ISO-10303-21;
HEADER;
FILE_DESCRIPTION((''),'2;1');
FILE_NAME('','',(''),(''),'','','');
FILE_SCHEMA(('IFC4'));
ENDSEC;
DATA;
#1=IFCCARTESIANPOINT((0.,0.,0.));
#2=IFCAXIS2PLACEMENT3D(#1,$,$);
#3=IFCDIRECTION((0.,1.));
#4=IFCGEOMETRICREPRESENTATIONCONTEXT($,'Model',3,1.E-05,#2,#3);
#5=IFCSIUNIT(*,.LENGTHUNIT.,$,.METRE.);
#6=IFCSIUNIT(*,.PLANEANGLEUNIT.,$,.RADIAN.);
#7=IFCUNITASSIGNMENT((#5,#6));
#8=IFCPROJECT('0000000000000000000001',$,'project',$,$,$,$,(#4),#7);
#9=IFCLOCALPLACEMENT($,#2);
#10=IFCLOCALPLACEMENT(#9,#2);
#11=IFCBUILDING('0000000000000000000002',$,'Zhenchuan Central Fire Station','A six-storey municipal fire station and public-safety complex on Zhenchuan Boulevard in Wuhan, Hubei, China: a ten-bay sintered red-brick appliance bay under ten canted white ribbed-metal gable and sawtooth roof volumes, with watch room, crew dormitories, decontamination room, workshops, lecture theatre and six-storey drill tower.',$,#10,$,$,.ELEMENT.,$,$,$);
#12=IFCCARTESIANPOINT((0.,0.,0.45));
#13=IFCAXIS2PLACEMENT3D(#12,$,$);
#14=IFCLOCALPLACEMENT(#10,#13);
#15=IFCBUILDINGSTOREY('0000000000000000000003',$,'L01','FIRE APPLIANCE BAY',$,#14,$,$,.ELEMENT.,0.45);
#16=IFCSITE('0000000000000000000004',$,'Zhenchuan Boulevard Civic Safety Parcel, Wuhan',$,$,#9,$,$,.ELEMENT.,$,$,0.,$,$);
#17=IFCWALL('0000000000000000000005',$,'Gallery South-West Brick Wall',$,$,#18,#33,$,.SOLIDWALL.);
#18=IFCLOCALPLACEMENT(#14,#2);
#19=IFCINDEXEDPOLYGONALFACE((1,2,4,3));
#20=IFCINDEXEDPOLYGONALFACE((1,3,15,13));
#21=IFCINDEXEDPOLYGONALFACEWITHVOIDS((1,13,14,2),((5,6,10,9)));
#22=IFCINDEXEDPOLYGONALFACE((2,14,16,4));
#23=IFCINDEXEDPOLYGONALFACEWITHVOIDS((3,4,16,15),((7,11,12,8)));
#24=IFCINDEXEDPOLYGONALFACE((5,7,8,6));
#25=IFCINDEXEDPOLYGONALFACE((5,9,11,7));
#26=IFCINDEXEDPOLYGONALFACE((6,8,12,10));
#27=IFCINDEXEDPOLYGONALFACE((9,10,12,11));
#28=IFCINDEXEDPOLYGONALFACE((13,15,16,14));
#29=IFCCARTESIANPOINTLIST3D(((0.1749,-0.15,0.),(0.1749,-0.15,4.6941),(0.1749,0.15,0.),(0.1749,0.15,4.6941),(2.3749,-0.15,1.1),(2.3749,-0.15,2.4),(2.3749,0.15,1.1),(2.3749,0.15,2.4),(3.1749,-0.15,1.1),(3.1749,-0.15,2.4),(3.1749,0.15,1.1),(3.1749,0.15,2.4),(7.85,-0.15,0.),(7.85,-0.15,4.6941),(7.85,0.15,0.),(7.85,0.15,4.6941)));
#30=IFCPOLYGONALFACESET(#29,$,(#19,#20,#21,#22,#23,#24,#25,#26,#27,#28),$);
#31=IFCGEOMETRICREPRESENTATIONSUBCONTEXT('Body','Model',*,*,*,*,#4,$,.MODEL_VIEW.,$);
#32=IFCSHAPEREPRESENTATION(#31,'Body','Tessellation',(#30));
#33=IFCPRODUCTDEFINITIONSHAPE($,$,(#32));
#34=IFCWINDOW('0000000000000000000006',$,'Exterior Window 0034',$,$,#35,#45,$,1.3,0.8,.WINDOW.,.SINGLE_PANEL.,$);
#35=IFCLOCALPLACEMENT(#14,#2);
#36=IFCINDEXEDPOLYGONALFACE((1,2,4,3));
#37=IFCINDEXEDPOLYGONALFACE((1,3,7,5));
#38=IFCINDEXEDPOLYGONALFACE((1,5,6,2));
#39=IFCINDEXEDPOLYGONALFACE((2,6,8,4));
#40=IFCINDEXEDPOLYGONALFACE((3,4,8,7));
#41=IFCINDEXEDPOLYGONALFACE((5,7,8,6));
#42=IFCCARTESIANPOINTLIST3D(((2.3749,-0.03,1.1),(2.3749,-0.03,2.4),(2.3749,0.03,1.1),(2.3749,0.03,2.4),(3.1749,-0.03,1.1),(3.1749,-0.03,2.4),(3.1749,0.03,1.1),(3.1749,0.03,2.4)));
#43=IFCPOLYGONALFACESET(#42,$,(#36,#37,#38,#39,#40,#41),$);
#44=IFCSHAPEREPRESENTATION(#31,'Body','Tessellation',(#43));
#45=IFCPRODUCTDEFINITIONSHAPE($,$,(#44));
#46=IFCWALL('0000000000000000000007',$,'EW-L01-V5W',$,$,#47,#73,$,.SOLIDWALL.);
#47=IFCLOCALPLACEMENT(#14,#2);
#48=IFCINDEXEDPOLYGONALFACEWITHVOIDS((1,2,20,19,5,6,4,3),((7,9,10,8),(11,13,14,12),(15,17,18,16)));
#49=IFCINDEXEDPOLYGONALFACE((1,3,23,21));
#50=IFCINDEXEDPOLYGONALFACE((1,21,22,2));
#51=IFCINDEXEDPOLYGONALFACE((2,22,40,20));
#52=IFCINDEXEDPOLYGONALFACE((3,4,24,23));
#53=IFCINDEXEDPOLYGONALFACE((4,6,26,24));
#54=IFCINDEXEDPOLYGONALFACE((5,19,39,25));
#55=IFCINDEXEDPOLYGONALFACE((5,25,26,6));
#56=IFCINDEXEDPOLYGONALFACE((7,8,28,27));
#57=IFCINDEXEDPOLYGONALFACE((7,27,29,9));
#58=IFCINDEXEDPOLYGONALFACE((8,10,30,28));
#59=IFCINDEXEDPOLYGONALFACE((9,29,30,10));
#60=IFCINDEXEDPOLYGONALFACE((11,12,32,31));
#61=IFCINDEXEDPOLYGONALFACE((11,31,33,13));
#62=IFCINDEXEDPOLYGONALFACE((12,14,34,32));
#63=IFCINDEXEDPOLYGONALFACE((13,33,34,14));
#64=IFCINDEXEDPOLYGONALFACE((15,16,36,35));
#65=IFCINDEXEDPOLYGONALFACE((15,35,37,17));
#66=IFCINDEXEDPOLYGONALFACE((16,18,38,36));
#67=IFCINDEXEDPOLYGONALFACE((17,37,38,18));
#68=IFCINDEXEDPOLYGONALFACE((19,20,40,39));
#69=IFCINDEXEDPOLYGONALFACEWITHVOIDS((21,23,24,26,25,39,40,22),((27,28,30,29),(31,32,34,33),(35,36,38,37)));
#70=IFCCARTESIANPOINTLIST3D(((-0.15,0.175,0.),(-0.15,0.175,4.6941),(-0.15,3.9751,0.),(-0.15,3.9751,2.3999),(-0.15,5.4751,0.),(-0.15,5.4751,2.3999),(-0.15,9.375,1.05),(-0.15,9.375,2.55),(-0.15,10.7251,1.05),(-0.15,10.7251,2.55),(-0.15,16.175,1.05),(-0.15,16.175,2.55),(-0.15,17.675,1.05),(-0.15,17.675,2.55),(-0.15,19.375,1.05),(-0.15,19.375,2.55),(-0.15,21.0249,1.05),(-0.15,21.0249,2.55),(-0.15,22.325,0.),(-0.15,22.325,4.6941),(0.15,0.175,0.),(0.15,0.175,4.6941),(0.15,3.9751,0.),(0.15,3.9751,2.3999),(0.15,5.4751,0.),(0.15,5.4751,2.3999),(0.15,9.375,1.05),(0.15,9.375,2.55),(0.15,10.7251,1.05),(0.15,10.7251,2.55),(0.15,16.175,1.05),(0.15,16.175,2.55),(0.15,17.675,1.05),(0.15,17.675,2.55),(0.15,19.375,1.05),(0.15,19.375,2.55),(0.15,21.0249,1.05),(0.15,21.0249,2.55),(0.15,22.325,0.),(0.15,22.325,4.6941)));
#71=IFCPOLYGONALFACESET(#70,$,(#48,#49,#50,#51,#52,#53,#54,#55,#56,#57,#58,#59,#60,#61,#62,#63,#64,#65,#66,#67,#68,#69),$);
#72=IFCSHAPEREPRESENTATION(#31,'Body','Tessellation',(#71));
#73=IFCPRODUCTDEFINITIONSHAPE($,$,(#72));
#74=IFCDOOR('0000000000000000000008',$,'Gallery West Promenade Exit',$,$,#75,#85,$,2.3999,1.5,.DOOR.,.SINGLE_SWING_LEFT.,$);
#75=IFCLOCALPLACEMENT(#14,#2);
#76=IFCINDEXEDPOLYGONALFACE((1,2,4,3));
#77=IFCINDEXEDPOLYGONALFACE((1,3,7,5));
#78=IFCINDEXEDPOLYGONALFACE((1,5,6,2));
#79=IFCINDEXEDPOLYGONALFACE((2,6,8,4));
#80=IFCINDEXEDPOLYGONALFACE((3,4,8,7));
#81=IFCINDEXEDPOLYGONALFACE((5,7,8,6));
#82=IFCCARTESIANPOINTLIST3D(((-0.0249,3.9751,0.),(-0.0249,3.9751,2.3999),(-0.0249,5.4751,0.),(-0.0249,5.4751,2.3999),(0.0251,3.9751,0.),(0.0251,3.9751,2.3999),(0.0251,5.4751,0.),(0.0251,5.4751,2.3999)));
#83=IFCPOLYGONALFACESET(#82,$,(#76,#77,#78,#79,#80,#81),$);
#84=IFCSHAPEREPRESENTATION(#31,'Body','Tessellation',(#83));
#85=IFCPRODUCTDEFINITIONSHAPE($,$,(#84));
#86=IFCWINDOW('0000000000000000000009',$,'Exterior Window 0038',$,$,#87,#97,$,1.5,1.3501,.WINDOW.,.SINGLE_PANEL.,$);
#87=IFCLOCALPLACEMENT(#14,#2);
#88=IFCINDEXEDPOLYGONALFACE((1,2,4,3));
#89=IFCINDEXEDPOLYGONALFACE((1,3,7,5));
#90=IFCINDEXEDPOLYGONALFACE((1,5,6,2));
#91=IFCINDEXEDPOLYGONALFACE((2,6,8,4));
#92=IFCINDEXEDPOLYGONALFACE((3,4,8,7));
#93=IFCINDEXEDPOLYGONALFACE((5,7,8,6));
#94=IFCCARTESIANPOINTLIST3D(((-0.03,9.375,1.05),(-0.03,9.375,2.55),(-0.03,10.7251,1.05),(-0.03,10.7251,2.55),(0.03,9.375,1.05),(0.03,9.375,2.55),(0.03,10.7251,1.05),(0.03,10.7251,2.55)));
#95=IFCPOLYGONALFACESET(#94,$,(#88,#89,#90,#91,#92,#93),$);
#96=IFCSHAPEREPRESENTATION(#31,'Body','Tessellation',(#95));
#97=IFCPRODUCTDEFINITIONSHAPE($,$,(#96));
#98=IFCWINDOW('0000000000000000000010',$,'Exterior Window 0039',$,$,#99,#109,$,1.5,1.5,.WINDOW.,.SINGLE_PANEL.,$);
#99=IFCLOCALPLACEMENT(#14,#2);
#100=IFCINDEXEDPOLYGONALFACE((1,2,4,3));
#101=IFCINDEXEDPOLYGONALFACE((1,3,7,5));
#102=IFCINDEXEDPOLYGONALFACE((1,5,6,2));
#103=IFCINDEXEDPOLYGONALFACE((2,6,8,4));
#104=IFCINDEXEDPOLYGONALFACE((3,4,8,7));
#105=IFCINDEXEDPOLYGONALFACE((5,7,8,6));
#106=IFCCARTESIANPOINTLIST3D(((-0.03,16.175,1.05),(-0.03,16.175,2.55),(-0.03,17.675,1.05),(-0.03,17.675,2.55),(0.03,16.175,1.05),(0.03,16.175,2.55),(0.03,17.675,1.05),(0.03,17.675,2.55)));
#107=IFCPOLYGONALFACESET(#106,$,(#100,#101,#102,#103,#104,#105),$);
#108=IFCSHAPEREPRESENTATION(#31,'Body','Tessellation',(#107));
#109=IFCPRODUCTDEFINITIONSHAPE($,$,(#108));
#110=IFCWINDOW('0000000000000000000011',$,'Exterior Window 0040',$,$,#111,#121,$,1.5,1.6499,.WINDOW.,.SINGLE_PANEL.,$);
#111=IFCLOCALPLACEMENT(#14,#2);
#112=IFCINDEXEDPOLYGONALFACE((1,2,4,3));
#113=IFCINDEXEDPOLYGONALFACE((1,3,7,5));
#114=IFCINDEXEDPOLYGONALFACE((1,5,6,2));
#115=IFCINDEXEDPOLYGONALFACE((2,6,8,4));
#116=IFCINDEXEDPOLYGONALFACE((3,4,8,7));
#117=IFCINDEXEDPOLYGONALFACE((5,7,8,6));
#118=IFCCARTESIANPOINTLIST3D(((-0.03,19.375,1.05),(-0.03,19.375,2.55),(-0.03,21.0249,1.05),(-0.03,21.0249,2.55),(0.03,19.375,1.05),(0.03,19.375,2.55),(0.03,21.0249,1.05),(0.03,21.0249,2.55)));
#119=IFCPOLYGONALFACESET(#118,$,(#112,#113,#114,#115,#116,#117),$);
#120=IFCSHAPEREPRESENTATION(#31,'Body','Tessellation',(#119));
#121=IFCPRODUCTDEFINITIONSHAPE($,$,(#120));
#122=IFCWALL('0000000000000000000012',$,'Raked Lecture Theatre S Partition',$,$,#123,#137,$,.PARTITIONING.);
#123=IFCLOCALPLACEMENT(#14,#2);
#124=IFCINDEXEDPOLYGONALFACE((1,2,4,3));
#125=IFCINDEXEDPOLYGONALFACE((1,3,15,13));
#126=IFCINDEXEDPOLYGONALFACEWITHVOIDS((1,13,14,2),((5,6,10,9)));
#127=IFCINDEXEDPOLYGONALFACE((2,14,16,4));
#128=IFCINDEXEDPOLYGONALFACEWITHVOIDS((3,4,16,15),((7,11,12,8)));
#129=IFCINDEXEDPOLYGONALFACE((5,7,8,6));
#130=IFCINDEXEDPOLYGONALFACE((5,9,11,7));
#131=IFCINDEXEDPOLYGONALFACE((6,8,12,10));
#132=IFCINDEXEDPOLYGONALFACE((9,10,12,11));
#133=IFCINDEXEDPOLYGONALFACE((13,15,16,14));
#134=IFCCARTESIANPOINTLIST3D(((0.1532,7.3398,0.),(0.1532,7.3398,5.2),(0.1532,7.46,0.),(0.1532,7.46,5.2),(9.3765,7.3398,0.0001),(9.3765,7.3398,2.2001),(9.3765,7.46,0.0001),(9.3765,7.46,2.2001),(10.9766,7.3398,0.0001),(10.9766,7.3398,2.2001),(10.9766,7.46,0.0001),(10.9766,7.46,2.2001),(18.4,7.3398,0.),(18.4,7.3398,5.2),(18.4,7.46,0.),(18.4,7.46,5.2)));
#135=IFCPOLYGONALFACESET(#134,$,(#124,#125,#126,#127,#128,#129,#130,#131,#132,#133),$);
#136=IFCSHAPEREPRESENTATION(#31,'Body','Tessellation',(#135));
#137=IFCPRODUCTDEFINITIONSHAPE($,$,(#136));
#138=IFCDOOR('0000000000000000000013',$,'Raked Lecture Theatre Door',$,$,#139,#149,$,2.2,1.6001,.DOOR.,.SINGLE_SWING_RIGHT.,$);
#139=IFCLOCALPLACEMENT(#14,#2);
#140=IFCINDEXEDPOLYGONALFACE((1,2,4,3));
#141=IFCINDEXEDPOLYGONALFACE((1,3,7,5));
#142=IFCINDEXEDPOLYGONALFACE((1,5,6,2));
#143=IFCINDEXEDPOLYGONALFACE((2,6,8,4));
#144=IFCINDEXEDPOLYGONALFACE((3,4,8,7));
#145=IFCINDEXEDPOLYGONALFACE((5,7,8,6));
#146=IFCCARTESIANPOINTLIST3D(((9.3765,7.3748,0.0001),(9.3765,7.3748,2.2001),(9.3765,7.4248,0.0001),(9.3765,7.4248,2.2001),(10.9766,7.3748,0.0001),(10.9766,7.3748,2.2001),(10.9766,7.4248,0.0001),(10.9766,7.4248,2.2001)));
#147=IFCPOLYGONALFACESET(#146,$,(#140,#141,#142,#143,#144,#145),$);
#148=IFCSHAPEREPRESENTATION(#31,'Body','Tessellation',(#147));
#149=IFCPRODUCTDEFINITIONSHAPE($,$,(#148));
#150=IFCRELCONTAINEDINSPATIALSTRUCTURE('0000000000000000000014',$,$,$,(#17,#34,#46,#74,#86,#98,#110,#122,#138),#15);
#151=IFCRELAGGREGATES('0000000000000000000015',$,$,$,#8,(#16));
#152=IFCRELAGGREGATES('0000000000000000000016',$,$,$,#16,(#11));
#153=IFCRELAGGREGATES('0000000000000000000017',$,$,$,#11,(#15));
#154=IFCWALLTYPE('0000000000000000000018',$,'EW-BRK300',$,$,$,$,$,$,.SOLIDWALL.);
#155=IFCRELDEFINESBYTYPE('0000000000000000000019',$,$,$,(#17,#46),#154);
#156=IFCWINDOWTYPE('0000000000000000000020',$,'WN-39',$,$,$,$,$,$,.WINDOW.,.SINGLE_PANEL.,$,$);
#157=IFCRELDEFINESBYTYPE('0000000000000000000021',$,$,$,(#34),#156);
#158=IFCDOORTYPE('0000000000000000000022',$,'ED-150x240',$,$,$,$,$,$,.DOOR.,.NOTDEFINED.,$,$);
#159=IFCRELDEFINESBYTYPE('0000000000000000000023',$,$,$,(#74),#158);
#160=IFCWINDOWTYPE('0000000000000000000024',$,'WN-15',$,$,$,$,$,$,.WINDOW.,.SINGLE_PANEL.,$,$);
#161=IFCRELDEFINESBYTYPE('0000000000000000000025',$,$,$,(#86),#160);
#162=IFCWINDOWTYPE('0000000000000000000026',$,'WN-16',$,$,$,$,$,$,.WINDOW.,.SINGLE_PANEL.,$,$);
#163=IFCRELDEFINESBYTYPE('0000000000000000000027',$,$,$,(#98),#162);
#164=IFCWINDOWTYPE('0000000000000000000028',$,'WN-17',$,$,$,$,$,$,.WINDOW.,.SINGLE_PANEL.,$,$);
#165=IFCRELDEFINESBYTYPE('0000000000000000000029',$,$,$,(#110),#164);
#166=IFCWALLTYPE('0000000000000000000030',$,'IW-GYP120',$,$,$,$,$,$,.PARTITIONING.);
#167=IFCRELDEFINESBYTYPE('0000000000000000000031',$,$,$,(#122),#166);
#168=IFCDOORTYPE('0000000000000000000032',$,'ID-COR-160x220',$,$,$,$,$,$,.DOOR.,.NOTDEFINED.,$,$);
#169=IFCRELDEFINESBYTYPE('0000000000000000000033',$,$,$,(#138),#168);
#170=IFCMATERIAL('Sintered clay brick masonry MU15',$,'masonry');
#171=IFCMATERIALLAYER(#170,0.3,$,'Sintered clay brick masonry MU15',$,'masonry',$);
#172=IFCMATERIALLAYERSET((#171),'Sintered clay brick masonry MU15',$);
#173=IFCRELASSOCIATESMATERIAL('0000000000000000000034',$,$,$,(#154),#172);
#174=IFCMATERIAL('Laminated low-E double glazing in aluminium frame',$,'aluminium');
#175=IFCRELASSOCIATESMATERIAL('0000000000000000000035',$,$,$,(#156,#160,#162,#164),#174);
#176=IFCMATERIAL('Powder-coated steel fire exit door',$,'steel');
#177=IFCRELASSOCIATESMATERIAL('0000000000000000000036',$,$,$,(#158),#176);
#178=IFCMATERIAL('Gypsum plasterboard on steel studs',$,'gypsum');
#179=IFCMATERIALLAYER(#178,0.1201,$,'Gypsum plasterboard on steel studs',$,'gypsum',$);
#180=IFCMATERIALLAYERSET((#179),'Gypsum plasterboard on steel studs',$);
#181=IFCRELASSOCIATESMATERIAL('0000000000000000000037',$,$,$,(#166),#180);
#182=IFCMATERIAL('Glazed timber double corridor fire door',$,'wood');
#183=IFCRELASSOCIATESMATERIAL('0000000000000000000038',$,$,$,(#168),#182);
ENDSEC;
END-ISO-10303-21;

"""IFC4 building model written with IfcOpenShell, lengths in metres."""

from ifc_helpers import new_model, si_unit, direction, frame, frame_2d, origin, place, context, subcontext, project, spatial, rectangle, extrude, material, layer, layer_set, type_object, element, fill, save


model = new_model("IFC4")

# Units and contexts
model_context = context("Model", 3, precision=1e-05, world=origin(), true_north=direction((0.0, 1.0)))
body_context = subcontext(model_context, "Body", "Model", "MODEL_VIEW")
ifc_project = project(units=[si_unit("LENGTHUNIT", "METRE"), si_unit("PLANEANGLEUNIT", "RADIAN")], contexts=[model_context])

# Site, building, storey
site_placement = place(None, origin())
site = spatial("IfcSite", under=ifc_project, at=site_placement, Name="Zhenchuan Boulevard Civic Safety Parcel, Wuhan", CompositionType="ELEMENT", RefElevation=0.0)
building_placement = place(site_placement, origin())
building = spatial("IfcBuilding", under=site, at=building_placement, Name="Zhenchuan Central Fire Station", Description="A six-storey municipal fire station and public-safety complex on Zhenchuan Boulevard in Wuhan, Hubei, China: a ten-bay sintered red-brick appliance bay under ten canted white ribbed-metal gable and sawtooth roof volumes, with watch room, crew dormitories, decontamination room, workshops, lecture theatre and six-storey drill tower.", CompositionType="ELEMENT")
storey_placement = place(building_placement, frame((0.0, 0.0, 0.45)))
storey = spatial("IfcBuildingStorey", under=building, at=storey_placement, Name="L01", Description="FIRE APPLIANCE BAY", CompositionType="ELEMENT", Elevation=0.45)

# Wall, opening, window
ifc_material_1 = material(Name="Sintered clay brick masonry MU15", Category="masonry")
ifc_layer_1 = layer(ifc_material_1, 0.3, Name="Sintered clay brick masonry MU15", Category="masonry")
ifc_layer_set_1 = layer_set([ifc_layer_1], Name="Sintered clay brick masonry MU15")
wall_type_1 = type_object("IfcWallType", Name="EW-BRK300", PredefinedType="SOLIDWALL", material=ifc_layer_set_1)
wall_1_placement = place(storey_placement, frame((0.175, 0.0, 0.0), z_axis=(0.0, 0.0, 1.0), x_axis=(1.0, 0.0, 0.0)))
wall_1 = element("IfcWall", 1, at=wall_1_placement, inside=storey, type_object=wall_type_1, Name="Gallery South-West Brick Wall", PredefinedType="SOLIDWALL", context=body_context, shape_type="SweptSolid", body=[
    extrude(rectangle(XDim=7.675, YDim=0.3, at=frame_2d((3.8374, 0.0))), origin(), (0.0, 0.0, 1.0), 4.6941),
])
opening_1_placement = place(wall_1_placement, frame((2.2, 0.0, 1.1001)))
opening_1 = element("IfcOpeningElement", 2, at=opening_1_placement, cuts=wall_1, PredefinedType="OPENING", context=body_context, shape_type="SweptSolid", body=[
    extrude(rectangle(XDim=0.8, YDim=1.3, at=frame_2d((0.3999, 0.6499))), frame((0.0, 0.1599, 0.0), z_axis=(0.0, -1.0, 0.0), x_axis=(1.0, 0.0, 0.0)), (0.0, 0.0, 1.0), 0.3201),
])
ifc_material_2 = material(Name="Laminated low-E double glazing in aluminium frame", Category="aluminium")
window_type_1 = type_object("IfcWindowType", Name="WN-39", PartitioningType="SINGLE_PANEL", PredefinedType="WINDOW", material=ifc_material_2)
window_1_placement = place(opening_1_placement, origin())
window_1 = element("IfcWindow", 3, at=window_1_placement, inside=storey, type_object=window_type_1, Name="Exterior Window 0034", OverallHeight=1.3, OverallWidth=0.8, PartitioningType="SINGLE_PANEL", PredefinedType="WINDOW", context=body_context, shape_type="SweptSolid", body=[
    extrude(rectangle(XDim=0.8, YDim=1.3, at=frame_2d((0.3999, 0.6499))), frame((0.0, 0.03, 0.0), z_axis=(0.0, -1.0, 0.0), x_axis=(1.0, 0.0, 0.0)), (0.0, 0.0, 1.0), 0.0601),
])
fill(opening_1, window_1)

# Wall, openings, door, windows
wall_2_placement = place(storey_placement, frame((0.0, 0.175, 0.0), z_axis=(0.0, 0.0, 1.0), x_axis=(0.0, 1.0, 0.0)))
wall_2 = element("IfcWall", 4, at=wall_2_placement, inside=storey, type_object=wall_type_1, Name="EW-L01-V5W", PredefinedType="SOLIDWALL", context=body_context, shape_type="SweptSolid", body=[
    extrude(rectangle(XDim=22.1499, YDim=0.3, at=frame_2d((11.075, 0.0))), origin(), (0.0, 0.0, 1.0), 4.6941),
])
opening_2_placement = place(wall_2_placement, frame((3.8, 0.0, 0.0)))
opening_2 = element("IfcOpeningElement", 5, at=opening_2_placement, cuts=wall_2, PredefinedType="OPENING", context=body_context, shape_type="SweptSolid", body=[
    extrude(rectangle(XDim=1.5, YDim=2.3999, at=frame_2d((0.75, 1.2))), frame((0.0, 0.1599, 0.0), z_axis=(0.0, -1.0, 0.0), x_axis=(1.0, 0.0, 0.0)), (0.0, 0.0, 1.0), 0.3201),
])
opening_3_placement = place(wall_2_placement, frame((9.2, 0.0, 1.05)))
opening_3 = element("IfcOpeningElement", 6, at=opening_3_placement, cuts=wall_2, PredefinedType="OPENING", context=body_context, shape_type="SweptSolid", body=[
    extrude(rectangle(XDim=1.3501, YDim=1.5, at=frame_2d((0.675, 0.75))), frame((0.0, 0.1599, 0.0), z_axis=(0.0, -1.0, 0.0), x_axis=(1.0, 0.0, 0.0)), (0.0, 0.0, 1.0), 0.3201),
])
opening_4_placement = place(wall_2_placement, frame((16.0, 0.0, 1.05)))
opening_4 = element("IfcOpeningElement", 7, at=opening_4_placement, cuts=wall_2, PredefinedType="OPENING", context=body_context, shape_type="SweptSolid", body=[
    extrude(rectangle(XDim=1.5, YDim=1.5, at=frame_2d((0.75, 0.75))), frame((0.0, 0.1599, 0.0), z_axis=(0.0, -1.0, 0.0), x_axis=(1.0, 0.0, 0.0)), (0.0, 0.0, 1.0), 0.3201),
])
opening_5_placement = place(wall_2_placement, frame((19.2, 0.0, 1.05)))
opening_5 = element("IfcOpeningElement", 8, at=opening_5_placement, cuts=wall_2, PredefinedType="OPENING", context=body_context, shape_type="SweptSolid", body=[
    extrude(rectangle(XDim=1.6499, YDim=1.5, at=frame_2d((0.825, 0.75))), frame((0.0, 0.1599, 0.0), z_axis=(0.0, -1.0, 0.0), x_axis=(1.0, 0.0, 0.0)), (0.0, 0.0, 1.0), 0.3201),
])
ifc_material_3 = material(Name="Powder-coated steel fire exit door", Category="steel")
door_type_1 = type_object("IfcDoorType", Name="ED-150x240", OperationType="NOTDEFINED", PredefinedType="DOOR", material=ifc_material_3)
door_1_placement = place(opening_2_placement, origin())
door_1 = element("IfcDoor", 9, at=door_1_placement, inside=storey, type_object=door_type_1, Name="Gallery West Promenade Exit", OperationType="SINGLE_SWING_LEFT", OverallHeight=2.3999, OverallWidth=1.5, PredefinedType="DOOR", context=body_context, shape_type="SweptSolid", body=[
    extrude(rectangle(XDim=1.5, YDim=2.3999, at=frame_2d((0.75, 1.2))), frame((0.0, 0.0249, 0.0), z_axis=(0.0, -1.0, 0.0), x_axis=(1.0, 0.0, 0.0)), (0.0, 0.0, 1.0), 0.05),
])
fill(opening_2, door_1)
window_type_2 = type_object("IfcWindowType", Name="WN-15", PartitioningType="SINGLE_PANEL", PredefinedType="WINDOW", material=ifc_material_2)
window_2_placement = place(opening_3_placement, origin())
window_2 = element("IfcWindow", 10, at=window_2_placement, inside=storey, type_object=window_type_2, Name="Exterior Window 0038", OverallHeight=1.5, OverallWidth=1.3501, PartitioningType="SINGLE_PANEL", PredefinedType="WINDOW", context=body_context, shape_type="SweptSolid", body=[
    extrude(rectangle(XDim=1.3501, YDim=1.5, at=frame_2d((0.675, 0.75))), frame((0.0, 0.03, 0.0), z_axis=(0.0, -1.0, 0.0), x_axis=(1.0, 0.0, 0.0)), (0.0, 0.0, 1.0), 0.0601),
])
fill(opening_3, window_2)
window_type_3 = type_object("IfcWindowType", Name="WN-16", PartitioningType="SINGLE_PANEL", PredefinedType="WINDOW", material=ifc_material_2)
window_3_placement = place(opening_4_placement, origin())
window_3 = element("IfcWindow", 11, at=window_3_placement, inside=storey, type_object=window_type_3, Name="Exterior Window 0039", OverallHeight=1.5, OverallWidth=1.5, PartitioningType="SINGLE_PANEL", PredefinedType="WINDOW", context=body_context, shape_type="SweptSolid", body=[
    extrude(rectangle(XDim=1.5, YDim=1.5, at=frame_2d((0.75, 0.75))), frame((0.0, 0.03, 0.0), z_axis=(0.0, -1.0, 0.0), x_axis=(1.0, 0.0, 0.0)), (0.0, 0.0, 1.0), 0.0601),
])
fill(opening_4, window_3)
window_type_4 = type_object("IfcWindowType", Name="WN-17", PartitioningType="SINGLE_PANEL", PredefinedType="WINDOW", material=ifc_material_2)
window_4_placement = place(opening_5_placement, origin())
window_4 = element("IfcWindow", 12, at=window_4_placement, inside=storey, type_object=window_type_4, Name="Exterior Window 0040", OverallHeight=1.5, OverallWidth=1.6499, PartitioningType="SINGLE_PANEL", PredefinedType="WINDOW", context=body_context, shape_type="SweptSolid", body=[
    extrude(rectangle(XDim=1.6499, YDim=1.5, at=frame_2d((0.825, 0.75))), frame((0.0, 0.03, 0.0), z_axis=(0.0, -1.0, 0.0), x_axis=(1.0, 0.0, 0.0)), (0.0, 0.0, 1.0), 0.0601),
])
fill(opening_5, window_4)

# Wall, opening, door
ifc_material_4 = material(Name="Gypsum plasterboard on steel studs", Category="gypsum")
ifc_layer_2 = layer(ifc_material_4, 0.1201, Name="Gypsum plasterboard on steel studs", Category="gypsum")
ifc_layer_set_2 = layer_set([ifc_layer_2], Name="Gypsum plasterboard on steel studs")
wall_type_2 = type_object("IfcWallType", Name="IW-GYP120", PredefinedType="PARTITIONING", material=ifc_layer_set_2)
wall_3_placement = place(storey_placement, frame((0.1531, 7.3999, 0.0), z_axis=(0.0, 0.0, 1.0), x_axis=(1.0, 0.0, 0.0)))
wall_3 = element("IfcWall", 13, at=wall_3_placement, inside=storey, type_object=wall_type_2, Name="Raked Lecture Theatre S Partition", PredefinedType="PARTITIONING", context=body_context, shape_type="SweptSolid", body=[
    extrude(rectangle(XDim=18.2468, YDim=0.1201, at=frame_2d((9.1235, 0.0))), origin(), (0.0, 0.0, 1.0), 5.2),
])
opening_6_placement = place(wall_3_placement, frame((9.2234, 0.0, 0.0)))
opening_6 = element("IfcOpeningElement", 14, at=opening_6_placement, cuts=wall_3, PredefinedType="OPENING", context=body_context, shape_type="SweptSolid", body=[
    extrude(rectangle(XDim=1.6001, YDim=2.2, at=frame_2d((0.8, 1.1001))), frame((0.0, 0.0701, 0.0), z_axis=(0.0, -1.0, 0.0), x_axis=(1.0, 0.0, 0.0)), (0.0, 0.0, 1.0), 0.1401),
])
ifc_material_5 = material(Name="Glazed timber double corridor fire door", Category="wood")
door_type_2 = type_object("IfcDoorType", Name="ID-COR-160x220", OperationType="NOTDEFINED", PredefinedType="DOOR", material=ifc_material_5)
door_2_placement = place(opening_6_placement, origin())
door_2 = element("IfcDoor", 15, at=door_2_placement, inside=storey, type_object=door_type_2, Name="Raked Lecture Theatre Door", OperationType="SINGLE_SWING_RIGHT", OverallHeight=2.2, OverallWidth=1.6001, PredefinedType="DOOR", context=body_context, shape_type="SweptSolid", body=[
    extrude(rectangle(XDim=1.6001, YDim=2.2, at=frame_2d((0.8, 1.1001))), frame((0.0, 0.0249, 0.0), z_axis=(0.0, -1.0, 0.0), x_axis=(1.0, 0.0, 0.0)), (0.0, 0.0, 1.0), 0.05),
])
fill(opening_6, door_2)

save(model, "model.ifc")
